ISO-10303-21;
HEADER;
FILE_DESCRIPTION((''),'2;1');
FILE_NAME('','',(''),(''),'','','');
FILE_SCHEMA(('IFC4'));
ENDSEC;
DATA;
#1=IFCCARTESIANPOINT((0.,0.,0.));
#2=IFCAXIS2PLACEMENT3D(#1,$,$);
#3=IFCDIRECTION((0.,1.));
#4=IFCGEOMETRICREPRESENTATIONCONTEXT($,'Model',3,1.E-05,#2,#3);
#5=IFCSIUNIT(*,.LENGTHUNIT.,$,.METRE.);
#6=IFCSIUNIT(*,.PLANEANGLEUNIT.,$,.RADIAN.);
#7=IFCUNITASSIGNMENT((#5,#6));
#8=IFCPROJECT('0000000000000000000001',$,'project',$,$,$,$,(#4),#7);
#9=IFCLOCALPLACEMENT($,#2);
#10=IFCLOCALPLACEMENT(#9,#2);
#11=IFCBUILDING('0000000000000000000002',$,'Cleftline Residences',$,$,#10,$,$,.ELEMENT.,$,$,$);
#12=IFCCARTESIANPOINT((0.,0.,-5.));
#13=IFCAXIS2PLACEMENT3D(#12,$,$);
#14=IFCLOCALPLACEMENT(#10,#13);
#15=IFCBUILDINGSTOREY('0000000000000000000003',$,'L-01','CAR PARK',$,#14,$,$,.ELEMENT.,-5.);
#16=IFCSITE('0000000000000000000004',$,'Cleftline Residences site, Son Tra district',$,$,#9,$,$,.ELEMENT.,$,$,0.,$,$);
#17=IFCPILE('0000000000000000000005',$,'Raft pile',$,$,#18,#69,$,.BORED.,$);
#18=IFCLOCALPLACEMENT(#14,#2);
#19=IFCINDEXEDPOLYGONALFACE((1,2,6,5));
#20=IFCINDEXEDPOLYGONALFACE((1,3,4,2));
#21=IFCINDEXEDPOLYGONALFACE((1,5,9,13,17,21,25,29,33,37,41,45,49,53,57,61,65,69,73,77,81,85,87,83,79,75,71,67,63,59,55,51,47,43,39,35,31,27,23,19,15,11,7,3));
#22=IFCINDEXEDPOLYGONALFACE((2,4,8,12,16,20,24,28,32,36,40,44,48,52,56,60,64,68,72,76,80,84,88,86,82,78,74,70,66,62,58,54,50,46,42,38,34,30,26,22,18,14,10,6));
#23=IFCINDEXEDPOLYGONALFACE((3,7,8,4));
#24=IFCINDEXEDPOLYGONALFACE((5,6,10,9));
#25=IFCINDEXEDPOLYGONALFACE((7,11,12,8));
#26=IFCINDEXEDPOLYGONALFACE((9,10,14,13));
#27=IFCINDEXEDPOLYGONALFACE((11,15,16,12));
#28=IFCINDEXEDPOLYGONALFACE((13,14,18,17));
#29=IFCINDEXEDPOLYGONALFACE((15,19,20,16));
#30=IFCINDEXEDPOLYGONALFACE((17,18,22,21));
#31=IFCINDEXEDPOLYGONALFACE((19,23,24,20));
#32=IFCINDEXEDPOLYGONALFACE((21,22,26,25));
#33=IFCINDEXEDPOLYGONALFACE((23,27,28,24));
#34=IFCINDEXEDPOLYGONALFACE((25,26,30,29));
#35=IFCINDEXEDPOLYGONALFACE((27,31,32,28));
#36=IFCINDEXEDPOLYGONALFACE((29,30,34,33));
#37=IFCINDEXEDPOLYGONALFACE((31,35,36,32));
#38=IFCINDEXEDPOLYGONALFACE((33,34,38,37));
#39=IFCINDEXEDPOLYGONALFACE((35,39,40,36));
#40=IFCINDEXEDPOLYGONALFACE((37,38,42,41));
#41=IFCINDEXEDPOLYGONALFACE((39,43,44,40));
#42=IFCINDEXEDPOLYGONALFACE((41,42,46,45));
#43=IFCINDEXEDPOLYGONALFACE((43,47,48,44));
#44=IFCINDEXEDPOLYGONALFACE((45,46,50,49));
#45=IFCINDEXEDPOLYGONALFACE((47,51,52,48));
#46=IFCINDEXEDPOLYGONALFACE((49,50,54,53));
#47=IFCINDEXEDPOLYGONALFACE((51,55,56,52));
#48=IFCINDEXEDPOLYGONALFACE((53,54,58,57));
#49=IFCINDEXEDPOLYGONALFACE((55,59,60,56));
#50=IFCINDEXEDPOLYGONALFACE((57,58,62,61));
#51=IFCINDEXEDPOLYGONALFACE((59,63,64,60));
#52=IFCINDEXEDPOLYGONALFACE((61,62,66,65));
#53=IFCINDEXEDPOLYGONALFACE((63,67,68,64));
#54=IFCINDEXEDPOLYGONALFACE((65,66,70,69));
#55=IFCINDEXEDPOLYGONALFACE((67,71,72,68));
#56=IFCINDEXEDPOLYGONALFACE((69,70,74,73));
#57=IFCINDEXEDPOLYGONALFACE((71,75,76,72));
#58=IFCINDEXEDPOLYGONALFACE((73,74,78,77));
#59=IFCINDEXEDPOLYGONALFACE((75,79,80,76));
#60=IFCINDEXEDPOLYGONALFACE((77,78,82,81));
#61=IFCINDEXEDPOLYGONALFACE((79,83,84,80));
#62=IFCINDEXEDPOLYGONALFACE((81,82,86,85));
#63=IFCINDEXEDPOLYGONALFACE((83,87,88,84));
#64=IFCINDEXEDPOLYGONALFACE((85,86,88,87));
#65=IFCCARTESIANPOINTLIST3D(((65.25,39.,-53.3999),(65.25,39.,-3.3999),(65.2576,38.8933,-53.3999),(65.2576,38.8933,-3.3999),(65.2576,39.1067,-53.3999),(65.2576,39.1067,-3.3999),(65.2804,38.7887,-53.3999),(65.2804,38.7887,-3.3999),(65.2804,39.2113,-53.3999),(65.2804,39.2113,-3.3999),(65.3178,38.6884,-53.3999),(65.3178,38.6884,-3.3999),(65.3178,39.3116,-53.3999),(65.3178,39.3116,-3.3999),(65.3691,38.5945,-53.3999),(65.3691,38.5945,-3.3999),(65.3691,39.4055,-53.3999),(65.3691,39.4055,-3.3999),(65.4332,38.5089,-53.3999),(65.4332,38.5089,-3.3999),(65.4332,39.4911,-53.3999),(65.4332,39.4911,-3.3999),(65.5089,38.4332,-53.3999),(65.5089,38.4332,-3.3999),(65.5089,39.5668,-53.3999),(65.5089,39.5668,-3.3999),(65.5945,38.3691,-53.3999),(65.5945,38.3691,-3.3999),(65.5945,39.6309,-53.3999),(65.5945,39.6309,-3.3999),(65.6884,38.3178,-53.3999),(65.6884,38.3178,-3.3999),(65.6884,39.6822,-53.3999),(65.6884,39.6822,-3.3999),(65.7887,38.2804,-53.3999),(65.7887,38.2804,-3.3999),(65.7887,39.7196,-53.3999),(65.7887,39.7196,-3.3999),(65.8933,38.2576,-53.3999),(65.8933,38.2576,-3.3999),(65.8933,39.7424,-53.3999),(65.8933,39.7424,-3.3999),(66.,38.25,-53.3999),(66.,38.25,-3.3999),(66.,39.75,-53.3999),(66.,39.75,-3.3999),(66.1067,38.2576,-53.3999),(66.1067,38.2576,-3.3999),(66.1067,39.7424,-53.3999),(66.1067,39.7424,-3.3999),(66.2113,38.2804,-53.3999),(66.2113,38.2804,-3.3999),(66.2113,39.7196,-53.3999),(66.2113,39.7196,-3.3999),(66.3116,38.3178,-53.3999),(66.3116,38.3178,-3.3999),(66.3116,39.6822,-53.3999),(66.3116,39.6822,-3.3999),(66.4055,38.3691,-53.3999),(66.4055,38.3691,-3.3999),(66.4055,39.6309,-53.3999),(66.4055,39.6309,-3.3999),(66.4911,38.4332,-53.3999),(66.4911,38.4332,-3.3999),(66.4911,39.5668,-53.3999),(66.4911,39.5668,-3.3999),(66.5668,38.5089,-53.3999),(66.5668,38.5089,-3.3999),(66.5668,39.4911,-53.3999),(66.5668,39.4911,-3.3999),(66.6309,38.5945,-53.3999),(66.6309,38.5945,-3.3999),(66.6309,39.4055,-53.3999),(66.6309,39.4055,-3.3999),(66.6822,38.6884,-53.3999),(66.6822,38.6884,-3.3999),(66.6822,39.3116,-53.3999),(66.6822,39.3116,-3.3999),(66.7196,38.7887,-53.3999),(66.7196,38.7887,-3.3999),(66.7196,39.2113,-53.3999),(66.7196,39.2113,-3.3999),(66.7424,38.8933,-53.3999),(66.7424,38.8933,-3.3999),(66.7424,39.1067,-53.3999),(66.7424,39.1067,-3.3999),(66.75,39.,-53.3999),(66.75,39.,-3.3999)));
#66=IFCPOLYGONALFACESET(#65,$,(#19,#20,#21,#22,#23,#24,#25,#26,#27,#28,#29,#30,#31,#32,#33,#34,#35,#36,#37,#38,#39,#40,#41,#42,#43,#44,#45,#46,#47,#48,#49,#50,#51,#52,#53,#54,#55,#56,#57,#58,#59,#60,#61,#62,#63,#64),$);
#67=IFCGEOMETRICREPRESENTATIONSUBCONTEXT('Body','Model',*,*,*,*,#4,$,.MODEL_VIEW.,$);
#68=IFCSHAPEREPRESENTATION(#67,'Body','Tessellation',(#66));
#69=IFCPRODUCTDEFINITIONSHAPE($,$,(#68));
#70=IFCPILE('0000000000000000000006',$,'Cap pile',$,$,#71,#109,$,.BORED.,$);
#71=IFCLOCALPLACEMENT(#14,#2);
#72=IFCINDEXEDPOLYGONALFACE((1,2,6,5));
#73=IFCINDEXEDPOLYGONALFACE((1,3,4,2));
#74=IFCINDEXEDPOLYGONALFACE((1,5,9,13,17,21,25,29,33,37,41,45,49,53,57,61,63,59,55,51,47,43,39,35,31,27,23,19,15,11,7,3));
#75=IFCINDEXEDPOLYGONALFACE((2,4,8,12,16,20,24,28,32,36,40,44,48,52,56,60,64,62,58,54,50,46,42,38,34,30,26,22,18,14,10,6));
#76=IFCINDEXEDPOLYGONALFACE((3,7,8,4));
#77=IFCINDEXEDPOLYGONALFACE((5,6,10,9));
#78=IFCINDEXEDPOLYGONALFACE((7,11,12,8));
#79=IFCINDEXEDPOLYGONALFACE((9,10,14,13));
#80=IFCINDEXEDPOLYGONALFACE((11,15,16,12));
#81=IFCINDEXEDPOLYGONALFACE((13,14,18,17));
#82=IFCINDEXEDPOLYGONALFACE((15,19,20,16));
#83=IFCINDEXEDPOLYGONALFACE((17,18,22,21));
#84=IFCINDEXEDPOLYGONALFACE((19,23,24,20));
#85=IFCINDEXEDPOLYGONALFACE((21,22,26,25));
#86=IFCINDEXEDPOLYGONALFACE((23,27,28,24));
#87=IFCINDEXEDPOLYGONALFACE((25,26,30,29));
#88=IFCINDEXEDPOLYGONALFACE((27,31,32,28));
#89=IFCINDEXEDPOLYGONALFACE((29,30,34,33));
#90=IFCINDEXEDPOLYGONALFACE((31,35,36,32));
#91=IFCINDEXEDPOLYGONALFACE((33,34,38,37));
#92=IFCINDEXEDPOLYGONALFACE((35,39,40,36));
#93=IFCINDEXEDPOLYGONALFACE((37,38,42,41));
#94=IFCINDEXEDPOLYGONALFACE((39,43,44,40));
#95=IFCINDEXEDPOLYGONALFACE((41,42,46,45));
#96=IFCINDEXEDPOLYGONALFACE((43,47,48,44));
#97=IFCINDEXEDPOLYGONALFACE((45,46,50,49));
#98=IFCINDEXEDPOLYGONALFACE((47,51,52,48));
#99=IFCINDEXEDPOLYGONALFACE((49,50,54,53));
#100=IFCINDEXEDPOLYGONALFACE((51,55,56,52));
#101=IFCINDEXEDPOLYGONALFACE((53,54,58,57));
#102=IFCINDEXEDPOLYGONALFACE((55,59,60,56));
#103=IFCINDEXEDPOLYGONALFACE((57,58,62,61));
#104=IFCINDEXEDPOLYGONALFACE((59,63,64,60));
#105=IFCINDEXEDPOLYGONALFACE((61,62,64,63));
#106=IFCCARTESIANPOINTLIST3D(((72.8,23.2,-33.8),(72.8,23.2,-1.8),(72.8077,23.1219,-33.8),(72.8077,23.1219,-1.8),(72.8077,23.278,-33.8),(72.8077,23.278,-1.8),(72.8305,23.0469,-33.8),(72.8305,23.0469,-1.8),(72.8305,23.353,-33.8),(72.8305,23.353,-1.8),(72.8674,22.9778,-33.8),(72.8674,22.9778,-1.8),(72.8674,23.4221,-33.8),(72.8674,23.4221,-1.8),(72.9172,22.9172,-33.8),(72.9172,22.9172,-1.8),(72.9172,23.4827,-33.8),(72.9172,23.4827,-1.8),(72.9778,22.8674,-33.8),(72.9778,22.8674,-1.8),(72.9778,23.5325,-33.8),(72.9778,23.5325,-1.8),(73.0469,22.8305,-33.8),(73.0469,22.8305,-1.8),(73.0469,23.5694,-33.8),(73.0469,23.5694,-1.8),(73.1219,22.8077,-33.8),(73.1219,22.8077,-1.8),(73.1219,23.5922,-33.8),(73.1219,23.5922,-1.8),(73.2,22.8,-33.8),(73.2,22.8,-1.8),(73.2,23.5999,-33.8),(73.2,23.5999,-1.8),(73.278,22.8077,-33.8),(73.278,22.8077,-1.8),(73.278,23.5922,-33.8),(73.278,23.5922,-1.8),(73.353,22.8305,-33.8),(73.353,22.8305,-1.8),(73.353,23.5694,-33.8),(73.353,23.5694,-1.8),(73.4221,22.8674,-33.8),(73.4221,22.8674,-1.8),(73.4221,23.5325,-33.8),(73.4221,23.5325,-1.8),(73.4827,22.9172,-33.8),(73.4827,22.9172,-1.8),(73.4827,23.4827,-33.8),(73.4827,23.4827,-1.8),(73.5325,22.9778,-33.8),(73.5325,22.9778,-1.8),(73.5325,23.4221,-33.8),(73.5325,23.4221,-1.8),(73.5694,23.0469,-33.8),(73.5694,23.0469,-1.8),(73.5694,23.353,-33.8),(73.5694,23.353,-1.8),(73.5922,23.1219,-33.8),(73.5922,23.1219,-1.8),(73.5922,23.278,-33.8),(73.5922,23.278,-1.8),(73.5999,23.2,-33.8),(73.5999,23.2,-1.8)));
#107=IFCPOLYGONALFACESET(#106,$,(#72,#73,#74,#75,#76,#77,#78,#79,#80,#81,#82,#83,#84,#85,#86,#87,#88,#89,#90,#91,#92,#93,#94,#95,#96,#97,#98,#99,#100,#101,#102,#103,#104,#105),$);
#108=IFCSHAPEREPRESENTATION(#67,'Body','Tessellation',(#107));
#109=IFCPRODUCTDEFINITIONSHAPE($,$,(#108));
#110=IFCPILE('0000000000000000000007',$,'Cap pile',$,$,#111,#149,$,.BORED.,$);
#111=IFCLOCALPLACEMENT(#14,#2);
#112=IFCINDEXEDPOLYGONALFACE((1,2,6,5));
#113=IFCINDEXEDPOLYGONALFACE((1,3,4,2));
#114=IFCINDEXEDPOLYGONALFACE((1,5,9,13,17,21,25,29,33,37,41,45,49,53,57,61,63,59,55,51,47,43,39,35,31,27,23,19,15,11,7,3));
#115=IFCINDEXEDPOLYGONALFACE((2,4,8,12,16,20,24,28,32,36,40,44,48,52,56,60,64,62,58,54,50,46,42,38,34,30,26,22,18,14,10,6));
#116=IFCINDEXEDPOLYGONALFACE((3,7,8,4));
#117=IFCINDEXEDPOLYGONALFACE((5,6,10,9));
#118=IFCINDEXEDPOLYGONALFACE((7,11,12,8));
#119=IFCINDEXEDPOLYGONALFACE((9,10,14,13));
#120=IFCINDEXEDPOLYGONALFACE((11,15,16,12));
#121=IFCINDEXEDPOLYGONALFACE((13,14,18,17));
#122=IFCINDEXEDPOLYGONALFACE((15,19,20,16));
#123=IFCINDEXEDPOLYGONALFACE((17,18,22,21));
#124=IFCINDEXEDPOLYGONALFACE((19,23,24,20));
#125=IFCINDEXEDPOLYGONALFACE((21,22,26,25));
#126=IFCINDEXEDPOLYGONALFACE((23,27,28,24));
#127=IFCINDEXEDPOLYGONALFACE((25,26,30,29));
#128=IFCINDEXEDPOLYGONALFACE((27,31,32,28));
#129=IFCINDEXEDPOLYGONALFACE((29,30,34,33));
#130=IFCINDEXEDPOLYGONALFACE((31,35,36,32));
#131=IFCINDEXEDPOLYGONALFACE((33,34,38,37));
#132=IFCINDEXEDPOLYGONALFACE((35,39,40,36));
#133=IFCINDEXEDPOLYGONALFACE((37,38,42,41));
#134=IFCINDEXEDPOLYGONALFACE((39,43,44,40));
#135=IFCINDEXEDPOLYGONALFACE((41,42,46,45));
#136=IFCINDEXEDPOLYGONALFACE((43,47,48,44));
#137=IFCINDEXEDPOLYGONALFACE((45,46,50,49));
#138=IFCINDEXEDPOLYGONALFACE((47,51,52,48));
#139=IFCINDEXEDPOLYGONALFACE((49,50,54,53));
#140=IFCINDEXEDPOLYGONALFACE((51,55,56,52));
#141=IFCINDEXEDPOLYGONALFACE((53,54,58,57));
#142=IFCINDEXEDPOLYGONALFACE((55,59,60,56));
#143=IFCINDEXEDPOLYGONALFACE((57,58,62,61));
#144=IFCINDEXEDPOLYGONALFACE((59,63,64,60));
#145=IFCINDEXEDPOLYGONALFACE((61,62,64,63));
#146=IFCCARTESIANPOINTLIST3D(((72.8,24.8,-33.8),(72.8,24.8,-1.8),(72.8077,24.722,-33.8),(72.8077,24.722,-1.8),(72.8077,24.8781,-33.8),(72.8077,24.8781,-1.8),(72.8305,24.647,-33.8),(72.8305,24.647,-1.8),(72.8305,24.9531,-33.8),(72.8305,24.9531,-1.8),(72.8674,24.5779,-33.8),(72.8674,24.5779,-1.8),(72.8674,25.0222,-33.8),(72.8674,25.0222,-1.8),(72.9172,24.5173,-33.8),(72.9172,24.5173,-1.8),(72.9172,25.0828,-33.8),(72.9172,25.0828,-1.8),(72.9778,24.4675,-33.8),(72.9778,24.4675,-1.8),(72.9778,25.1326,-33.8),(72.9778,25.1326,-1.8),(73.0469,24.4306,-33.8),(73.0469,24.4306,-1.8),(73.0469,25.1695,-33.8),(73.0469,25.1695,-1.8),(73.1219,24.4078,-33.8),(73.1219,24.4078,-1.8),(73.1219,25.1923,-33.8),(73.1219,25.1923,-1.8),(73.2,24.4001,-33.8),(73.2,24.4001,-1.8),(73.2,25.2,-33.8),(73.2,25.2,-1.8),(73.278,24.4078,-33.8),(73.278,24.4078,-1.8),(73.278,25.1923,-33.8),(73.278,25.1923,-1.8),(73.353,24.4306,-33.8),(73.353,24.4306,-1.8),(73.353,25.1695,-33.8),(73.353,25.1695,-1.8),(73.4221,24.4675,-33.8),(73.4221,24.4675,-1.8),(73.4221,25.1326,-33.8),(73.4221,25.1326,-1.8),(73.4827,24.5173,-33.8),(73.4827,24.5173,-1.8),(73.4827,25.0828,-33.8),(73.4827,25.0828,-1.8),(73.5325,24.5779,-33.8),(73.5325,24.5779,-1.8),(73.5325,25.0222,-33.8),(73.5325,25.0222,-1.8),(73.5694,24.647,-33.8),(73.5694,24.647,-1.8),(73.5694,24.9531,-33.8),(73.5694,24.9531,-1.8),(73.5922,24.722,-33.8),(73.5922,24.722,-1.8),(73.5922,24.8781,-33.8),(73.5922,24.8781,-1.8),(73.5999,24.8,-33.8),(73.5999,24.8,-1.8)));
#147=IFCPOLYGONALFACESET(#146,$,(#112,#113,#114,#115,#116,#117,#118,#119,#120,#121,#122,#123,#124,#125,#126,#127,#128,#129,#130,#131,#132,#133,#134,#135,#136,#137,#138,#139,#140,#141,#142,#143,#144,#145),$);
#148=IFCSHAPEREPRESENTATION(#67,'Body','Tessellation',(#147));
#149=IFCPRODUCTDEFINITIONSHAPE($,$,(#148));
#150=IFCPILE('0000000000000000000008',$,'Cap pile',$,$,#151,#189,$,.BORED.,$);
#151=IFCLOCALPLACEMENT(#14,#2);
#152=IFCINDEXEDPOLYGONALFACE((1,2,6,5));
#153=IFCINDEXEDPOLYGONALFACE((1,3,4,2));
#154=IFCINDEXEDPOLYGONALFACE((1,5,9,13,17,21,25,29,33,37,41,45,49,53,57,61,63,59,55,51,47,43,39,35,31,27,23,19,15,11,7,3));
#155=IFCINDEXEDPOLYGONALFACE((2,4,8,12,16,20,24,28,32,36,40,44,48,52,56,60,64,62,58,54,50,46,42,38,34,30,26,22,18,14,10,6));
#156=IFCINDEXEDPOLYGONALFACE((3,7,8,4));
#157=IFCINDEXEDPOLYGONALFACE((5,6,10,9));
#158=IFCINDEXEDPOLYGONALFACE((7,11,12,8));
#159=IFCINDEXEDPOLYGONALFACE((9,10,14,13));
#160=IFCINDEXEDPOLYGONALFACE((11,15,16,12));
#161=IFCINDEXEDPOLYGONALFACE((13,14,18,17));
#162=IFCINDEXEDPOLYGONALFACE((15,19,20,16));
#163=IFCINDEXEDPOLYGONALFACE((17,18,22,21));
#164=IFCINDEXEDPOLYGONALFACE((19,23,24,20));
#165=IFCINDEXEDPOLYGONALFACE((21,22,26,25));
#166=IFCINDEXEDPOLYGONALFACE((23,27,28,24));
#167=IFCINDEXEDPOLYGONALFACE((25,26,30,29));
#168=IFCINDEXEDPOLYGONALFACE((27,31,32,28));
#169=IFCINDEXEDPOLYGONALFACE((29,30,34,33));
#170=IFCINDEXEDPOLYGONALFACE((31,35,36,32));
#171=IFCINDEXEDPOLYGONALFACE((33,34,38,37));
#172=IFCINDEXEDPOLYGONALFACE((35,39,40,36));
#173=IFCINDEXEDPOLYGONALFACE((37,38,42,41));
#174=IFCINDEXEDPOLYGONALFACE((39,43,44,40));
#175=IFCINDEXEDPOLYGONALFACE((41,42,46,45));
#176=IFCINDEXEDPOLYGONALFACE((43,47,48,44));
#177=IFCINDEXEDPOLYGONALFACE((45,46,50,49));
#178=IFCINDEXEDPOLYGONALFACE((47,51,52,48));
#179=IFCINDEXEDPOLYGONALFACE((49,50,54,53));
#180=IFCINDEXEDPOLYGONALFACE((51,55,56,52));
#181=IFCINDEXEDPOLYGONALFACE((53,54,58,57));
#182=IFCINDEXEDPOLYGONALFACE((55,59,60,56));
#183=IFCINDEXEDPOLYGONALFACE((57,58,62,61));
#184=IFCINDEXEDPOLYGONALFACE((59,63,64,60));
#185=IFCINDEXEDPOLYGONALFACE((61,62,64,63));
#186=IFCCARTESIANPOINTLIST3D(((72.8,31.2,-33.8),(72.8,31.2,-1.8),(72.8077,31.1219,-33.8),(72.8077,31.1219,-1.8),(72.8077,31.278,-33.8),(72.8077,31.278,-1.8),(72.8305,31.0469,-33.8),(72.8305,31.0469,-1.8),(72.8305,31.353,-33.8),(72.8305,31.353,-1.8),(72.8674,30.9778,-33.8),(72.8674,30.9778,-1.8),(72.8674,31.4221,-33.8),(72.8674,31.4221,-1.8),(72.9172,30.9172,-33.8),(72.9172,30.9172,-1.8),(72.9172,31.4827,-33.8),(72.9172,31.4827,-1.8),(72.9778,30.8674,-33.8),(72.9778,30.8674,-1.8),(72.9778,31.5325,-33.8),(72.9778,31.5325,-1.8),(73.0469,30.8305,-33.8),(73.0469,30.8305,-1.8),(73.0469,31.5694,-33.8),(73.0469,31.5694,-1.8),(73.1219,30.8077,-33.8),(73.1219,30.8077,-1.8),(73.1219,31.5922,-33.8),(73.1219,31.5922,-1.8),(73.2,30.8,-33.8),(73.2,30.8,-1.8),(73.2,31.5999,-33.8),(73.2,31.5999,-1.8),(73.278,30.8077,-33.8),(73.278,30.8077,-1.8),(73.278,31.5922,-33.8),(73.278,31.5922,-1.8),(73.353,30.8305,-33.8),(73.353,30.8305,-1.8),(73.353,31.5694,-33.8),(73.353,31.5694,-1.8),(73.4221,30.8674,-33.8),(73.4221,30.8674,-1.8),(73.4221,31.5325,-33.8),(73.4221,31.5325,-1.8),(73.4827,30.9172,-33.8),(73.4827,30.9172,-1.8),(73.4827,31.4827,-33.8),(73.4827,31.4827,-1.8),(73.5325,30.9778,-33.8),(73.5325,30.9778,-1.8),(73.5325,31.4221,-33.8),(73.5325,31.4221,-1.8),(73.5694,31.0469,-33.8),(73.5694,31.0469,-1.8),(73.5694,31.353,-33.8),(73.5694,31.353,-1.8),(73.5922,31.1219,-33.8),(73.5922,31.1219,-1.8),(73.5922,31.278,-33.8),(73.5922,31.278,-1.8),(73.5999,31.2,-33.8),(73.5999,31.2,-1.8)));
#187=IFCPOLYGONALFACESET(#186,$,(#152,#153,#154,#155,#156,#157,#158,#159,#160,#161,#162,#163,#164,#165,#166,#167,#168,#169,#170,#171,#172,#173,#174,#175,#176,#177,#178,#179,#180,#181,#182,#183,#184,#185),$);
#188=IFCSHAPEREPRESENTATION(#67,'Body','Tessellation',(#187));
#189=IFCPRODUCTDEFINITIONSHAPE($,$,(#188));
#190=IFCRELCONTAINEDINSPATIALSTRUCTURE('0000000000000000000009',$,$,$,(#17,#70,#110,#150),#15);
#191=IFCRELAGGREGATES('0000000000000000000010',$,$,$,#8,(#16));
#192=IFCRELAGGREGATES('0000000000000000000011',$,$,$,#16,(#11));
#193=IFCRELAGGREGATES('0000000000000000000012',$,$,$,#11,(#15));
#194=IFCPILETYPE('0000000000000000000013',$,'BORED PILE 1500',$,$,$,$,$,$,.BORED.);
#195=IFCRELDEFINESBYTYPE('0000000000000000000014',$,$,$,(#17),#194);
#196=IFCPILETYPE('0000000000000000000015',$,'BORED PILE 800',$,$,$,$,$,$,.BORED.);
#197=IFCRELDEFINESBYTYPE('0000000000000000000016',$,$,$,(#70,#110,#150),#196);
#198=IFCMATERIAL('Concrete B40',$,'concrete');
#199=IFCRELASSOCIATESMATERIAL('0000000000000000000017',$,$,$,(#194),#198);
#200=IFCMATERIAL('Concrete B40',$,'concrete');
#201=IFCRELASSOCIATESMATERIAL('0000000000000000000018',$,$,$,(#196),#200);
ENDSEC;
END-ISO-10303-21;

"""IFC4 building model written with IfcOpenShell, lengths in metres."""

from ifc_helpers import new_model, si_unit, direction, frame, origin, origin_2d, place, context, subcontext, project, spatial, circle, extrude, material, material_profile, profile_set, type_object, element, save


model = new_model("IFC4")

# Units and contexts
model_context = context("Model", 3, precision=1e-05, world=origin(), true_north=direction((0.0, 1.0)))
body_context = subcontext(model_context, "Body", "Model", "MODEL_VIEW")
ifc_project = project(units=[si_unit("LENGTHUNIT", "METRE"), si_unit("PLANEANGLEUNIT", "RADIAN")], contexts=[model_context])

# Site, building, storey
site_placement = place(None, origin())
site = spatial("IfcSite", under=ifc_project, at=site_placement, Name="Cleftline Residences site, Son Tra district", CompositionType="ELEMENT", RefElevation=0.0)
building_placement = place(site_placement, origin())
building = spatial("IfcBuilding", under=site, at=building_placement, Name="Cleftline Residences", CompositionType="ELEMENT")
storey_placement = place(building_placement, frame((0.0, 0.0, -5.0)))
storey = spatial("IfcBuildingStorey", under=building, at=storey_placement, Name="L-01", Description="CAR PARK", CompositionType="ELEMENT", Elevation=-5.0)

# Piles
ifc_material_1 = material(Name="Concrete B40", Category="concrete")
ifc_material_profile_1 = material_profile(ifc_material_1, circle(Radius=0.75, at=origin_2d()))
ifc_profile_set_1 = profile_set([ifc_material_profile_1], Name="Concrete B40")
pile_type_1 = type_object("IfcPileType", Name="BORED PILE 1500", PredefinedType="BORED", material=ifc_profile_set_1)
for number, where, z_axis, x_axis, name in (
    (1, (66.0, 39.0, -3.3999), (0.0, 0.0, -1.0), (1.0, 0.0, 0.0), "Raft pile"),
):
    element("IfcPile", number, at=place(storey_placement, frame(where, z_axis=z_axis, x_axis=x_axis)), inside=storey, type_object=pile_type_1, Name=name, PredefinedType="BORED", context=body_context, shape_type="SweptSolid", body=[
        extrude(circle(Radius=0.75, at=origin_2d()), origin(), (0.0, 0.0, 1.0), 50.0),
    ])
ifc_material_2 = material(Name="Concrete B40", Category="concrete")
ifc_material_profile_2 = material_profile(ifc_material_2, circle(Radius=0.3999, at=origin_2d()))
ifc_profile_set_2 = profile_set([ifc_material_profile_2], Name="Concrete B40")
pile_type_2 = type_object("IfcPileType", Name="BORED PILE 800", PredefinedType="BORED", material=ifc_profile_set_2)
for number, where, z_axis, x_axis, name in (
    (2, (73.2, 23.2, -1.8), (0.0, 0.0, -1.0), (1.0, 0.0, 0.0), "Cap pile"),
    (3, (73.2, 24.8, -1.8), (0.0, 0.0, -1.0), (1.0, 0.0, 0.0), "Cap pile"),
    (4, (73.2, 31.2, -1.8), (0.0, 0.0, -1.0), (1.0, 0.0, 0.0), "Cap pile"),
):
    element("IfcPile", number, at=place(storey_placement, frame(where, z_axis=z_axis, x_axis=x_axis)), inside=storey, type_object=pile_type_2, Name=name, PredefinedType="BORED", context=body_context, shape_type="SweptSolid", body=[
        extrude(circle(Radius=0.3999, at=origin_2d()), origin(), (0.0, 0.0, 1.0), 32.0),
    ])

save(model, "model.ifc")
